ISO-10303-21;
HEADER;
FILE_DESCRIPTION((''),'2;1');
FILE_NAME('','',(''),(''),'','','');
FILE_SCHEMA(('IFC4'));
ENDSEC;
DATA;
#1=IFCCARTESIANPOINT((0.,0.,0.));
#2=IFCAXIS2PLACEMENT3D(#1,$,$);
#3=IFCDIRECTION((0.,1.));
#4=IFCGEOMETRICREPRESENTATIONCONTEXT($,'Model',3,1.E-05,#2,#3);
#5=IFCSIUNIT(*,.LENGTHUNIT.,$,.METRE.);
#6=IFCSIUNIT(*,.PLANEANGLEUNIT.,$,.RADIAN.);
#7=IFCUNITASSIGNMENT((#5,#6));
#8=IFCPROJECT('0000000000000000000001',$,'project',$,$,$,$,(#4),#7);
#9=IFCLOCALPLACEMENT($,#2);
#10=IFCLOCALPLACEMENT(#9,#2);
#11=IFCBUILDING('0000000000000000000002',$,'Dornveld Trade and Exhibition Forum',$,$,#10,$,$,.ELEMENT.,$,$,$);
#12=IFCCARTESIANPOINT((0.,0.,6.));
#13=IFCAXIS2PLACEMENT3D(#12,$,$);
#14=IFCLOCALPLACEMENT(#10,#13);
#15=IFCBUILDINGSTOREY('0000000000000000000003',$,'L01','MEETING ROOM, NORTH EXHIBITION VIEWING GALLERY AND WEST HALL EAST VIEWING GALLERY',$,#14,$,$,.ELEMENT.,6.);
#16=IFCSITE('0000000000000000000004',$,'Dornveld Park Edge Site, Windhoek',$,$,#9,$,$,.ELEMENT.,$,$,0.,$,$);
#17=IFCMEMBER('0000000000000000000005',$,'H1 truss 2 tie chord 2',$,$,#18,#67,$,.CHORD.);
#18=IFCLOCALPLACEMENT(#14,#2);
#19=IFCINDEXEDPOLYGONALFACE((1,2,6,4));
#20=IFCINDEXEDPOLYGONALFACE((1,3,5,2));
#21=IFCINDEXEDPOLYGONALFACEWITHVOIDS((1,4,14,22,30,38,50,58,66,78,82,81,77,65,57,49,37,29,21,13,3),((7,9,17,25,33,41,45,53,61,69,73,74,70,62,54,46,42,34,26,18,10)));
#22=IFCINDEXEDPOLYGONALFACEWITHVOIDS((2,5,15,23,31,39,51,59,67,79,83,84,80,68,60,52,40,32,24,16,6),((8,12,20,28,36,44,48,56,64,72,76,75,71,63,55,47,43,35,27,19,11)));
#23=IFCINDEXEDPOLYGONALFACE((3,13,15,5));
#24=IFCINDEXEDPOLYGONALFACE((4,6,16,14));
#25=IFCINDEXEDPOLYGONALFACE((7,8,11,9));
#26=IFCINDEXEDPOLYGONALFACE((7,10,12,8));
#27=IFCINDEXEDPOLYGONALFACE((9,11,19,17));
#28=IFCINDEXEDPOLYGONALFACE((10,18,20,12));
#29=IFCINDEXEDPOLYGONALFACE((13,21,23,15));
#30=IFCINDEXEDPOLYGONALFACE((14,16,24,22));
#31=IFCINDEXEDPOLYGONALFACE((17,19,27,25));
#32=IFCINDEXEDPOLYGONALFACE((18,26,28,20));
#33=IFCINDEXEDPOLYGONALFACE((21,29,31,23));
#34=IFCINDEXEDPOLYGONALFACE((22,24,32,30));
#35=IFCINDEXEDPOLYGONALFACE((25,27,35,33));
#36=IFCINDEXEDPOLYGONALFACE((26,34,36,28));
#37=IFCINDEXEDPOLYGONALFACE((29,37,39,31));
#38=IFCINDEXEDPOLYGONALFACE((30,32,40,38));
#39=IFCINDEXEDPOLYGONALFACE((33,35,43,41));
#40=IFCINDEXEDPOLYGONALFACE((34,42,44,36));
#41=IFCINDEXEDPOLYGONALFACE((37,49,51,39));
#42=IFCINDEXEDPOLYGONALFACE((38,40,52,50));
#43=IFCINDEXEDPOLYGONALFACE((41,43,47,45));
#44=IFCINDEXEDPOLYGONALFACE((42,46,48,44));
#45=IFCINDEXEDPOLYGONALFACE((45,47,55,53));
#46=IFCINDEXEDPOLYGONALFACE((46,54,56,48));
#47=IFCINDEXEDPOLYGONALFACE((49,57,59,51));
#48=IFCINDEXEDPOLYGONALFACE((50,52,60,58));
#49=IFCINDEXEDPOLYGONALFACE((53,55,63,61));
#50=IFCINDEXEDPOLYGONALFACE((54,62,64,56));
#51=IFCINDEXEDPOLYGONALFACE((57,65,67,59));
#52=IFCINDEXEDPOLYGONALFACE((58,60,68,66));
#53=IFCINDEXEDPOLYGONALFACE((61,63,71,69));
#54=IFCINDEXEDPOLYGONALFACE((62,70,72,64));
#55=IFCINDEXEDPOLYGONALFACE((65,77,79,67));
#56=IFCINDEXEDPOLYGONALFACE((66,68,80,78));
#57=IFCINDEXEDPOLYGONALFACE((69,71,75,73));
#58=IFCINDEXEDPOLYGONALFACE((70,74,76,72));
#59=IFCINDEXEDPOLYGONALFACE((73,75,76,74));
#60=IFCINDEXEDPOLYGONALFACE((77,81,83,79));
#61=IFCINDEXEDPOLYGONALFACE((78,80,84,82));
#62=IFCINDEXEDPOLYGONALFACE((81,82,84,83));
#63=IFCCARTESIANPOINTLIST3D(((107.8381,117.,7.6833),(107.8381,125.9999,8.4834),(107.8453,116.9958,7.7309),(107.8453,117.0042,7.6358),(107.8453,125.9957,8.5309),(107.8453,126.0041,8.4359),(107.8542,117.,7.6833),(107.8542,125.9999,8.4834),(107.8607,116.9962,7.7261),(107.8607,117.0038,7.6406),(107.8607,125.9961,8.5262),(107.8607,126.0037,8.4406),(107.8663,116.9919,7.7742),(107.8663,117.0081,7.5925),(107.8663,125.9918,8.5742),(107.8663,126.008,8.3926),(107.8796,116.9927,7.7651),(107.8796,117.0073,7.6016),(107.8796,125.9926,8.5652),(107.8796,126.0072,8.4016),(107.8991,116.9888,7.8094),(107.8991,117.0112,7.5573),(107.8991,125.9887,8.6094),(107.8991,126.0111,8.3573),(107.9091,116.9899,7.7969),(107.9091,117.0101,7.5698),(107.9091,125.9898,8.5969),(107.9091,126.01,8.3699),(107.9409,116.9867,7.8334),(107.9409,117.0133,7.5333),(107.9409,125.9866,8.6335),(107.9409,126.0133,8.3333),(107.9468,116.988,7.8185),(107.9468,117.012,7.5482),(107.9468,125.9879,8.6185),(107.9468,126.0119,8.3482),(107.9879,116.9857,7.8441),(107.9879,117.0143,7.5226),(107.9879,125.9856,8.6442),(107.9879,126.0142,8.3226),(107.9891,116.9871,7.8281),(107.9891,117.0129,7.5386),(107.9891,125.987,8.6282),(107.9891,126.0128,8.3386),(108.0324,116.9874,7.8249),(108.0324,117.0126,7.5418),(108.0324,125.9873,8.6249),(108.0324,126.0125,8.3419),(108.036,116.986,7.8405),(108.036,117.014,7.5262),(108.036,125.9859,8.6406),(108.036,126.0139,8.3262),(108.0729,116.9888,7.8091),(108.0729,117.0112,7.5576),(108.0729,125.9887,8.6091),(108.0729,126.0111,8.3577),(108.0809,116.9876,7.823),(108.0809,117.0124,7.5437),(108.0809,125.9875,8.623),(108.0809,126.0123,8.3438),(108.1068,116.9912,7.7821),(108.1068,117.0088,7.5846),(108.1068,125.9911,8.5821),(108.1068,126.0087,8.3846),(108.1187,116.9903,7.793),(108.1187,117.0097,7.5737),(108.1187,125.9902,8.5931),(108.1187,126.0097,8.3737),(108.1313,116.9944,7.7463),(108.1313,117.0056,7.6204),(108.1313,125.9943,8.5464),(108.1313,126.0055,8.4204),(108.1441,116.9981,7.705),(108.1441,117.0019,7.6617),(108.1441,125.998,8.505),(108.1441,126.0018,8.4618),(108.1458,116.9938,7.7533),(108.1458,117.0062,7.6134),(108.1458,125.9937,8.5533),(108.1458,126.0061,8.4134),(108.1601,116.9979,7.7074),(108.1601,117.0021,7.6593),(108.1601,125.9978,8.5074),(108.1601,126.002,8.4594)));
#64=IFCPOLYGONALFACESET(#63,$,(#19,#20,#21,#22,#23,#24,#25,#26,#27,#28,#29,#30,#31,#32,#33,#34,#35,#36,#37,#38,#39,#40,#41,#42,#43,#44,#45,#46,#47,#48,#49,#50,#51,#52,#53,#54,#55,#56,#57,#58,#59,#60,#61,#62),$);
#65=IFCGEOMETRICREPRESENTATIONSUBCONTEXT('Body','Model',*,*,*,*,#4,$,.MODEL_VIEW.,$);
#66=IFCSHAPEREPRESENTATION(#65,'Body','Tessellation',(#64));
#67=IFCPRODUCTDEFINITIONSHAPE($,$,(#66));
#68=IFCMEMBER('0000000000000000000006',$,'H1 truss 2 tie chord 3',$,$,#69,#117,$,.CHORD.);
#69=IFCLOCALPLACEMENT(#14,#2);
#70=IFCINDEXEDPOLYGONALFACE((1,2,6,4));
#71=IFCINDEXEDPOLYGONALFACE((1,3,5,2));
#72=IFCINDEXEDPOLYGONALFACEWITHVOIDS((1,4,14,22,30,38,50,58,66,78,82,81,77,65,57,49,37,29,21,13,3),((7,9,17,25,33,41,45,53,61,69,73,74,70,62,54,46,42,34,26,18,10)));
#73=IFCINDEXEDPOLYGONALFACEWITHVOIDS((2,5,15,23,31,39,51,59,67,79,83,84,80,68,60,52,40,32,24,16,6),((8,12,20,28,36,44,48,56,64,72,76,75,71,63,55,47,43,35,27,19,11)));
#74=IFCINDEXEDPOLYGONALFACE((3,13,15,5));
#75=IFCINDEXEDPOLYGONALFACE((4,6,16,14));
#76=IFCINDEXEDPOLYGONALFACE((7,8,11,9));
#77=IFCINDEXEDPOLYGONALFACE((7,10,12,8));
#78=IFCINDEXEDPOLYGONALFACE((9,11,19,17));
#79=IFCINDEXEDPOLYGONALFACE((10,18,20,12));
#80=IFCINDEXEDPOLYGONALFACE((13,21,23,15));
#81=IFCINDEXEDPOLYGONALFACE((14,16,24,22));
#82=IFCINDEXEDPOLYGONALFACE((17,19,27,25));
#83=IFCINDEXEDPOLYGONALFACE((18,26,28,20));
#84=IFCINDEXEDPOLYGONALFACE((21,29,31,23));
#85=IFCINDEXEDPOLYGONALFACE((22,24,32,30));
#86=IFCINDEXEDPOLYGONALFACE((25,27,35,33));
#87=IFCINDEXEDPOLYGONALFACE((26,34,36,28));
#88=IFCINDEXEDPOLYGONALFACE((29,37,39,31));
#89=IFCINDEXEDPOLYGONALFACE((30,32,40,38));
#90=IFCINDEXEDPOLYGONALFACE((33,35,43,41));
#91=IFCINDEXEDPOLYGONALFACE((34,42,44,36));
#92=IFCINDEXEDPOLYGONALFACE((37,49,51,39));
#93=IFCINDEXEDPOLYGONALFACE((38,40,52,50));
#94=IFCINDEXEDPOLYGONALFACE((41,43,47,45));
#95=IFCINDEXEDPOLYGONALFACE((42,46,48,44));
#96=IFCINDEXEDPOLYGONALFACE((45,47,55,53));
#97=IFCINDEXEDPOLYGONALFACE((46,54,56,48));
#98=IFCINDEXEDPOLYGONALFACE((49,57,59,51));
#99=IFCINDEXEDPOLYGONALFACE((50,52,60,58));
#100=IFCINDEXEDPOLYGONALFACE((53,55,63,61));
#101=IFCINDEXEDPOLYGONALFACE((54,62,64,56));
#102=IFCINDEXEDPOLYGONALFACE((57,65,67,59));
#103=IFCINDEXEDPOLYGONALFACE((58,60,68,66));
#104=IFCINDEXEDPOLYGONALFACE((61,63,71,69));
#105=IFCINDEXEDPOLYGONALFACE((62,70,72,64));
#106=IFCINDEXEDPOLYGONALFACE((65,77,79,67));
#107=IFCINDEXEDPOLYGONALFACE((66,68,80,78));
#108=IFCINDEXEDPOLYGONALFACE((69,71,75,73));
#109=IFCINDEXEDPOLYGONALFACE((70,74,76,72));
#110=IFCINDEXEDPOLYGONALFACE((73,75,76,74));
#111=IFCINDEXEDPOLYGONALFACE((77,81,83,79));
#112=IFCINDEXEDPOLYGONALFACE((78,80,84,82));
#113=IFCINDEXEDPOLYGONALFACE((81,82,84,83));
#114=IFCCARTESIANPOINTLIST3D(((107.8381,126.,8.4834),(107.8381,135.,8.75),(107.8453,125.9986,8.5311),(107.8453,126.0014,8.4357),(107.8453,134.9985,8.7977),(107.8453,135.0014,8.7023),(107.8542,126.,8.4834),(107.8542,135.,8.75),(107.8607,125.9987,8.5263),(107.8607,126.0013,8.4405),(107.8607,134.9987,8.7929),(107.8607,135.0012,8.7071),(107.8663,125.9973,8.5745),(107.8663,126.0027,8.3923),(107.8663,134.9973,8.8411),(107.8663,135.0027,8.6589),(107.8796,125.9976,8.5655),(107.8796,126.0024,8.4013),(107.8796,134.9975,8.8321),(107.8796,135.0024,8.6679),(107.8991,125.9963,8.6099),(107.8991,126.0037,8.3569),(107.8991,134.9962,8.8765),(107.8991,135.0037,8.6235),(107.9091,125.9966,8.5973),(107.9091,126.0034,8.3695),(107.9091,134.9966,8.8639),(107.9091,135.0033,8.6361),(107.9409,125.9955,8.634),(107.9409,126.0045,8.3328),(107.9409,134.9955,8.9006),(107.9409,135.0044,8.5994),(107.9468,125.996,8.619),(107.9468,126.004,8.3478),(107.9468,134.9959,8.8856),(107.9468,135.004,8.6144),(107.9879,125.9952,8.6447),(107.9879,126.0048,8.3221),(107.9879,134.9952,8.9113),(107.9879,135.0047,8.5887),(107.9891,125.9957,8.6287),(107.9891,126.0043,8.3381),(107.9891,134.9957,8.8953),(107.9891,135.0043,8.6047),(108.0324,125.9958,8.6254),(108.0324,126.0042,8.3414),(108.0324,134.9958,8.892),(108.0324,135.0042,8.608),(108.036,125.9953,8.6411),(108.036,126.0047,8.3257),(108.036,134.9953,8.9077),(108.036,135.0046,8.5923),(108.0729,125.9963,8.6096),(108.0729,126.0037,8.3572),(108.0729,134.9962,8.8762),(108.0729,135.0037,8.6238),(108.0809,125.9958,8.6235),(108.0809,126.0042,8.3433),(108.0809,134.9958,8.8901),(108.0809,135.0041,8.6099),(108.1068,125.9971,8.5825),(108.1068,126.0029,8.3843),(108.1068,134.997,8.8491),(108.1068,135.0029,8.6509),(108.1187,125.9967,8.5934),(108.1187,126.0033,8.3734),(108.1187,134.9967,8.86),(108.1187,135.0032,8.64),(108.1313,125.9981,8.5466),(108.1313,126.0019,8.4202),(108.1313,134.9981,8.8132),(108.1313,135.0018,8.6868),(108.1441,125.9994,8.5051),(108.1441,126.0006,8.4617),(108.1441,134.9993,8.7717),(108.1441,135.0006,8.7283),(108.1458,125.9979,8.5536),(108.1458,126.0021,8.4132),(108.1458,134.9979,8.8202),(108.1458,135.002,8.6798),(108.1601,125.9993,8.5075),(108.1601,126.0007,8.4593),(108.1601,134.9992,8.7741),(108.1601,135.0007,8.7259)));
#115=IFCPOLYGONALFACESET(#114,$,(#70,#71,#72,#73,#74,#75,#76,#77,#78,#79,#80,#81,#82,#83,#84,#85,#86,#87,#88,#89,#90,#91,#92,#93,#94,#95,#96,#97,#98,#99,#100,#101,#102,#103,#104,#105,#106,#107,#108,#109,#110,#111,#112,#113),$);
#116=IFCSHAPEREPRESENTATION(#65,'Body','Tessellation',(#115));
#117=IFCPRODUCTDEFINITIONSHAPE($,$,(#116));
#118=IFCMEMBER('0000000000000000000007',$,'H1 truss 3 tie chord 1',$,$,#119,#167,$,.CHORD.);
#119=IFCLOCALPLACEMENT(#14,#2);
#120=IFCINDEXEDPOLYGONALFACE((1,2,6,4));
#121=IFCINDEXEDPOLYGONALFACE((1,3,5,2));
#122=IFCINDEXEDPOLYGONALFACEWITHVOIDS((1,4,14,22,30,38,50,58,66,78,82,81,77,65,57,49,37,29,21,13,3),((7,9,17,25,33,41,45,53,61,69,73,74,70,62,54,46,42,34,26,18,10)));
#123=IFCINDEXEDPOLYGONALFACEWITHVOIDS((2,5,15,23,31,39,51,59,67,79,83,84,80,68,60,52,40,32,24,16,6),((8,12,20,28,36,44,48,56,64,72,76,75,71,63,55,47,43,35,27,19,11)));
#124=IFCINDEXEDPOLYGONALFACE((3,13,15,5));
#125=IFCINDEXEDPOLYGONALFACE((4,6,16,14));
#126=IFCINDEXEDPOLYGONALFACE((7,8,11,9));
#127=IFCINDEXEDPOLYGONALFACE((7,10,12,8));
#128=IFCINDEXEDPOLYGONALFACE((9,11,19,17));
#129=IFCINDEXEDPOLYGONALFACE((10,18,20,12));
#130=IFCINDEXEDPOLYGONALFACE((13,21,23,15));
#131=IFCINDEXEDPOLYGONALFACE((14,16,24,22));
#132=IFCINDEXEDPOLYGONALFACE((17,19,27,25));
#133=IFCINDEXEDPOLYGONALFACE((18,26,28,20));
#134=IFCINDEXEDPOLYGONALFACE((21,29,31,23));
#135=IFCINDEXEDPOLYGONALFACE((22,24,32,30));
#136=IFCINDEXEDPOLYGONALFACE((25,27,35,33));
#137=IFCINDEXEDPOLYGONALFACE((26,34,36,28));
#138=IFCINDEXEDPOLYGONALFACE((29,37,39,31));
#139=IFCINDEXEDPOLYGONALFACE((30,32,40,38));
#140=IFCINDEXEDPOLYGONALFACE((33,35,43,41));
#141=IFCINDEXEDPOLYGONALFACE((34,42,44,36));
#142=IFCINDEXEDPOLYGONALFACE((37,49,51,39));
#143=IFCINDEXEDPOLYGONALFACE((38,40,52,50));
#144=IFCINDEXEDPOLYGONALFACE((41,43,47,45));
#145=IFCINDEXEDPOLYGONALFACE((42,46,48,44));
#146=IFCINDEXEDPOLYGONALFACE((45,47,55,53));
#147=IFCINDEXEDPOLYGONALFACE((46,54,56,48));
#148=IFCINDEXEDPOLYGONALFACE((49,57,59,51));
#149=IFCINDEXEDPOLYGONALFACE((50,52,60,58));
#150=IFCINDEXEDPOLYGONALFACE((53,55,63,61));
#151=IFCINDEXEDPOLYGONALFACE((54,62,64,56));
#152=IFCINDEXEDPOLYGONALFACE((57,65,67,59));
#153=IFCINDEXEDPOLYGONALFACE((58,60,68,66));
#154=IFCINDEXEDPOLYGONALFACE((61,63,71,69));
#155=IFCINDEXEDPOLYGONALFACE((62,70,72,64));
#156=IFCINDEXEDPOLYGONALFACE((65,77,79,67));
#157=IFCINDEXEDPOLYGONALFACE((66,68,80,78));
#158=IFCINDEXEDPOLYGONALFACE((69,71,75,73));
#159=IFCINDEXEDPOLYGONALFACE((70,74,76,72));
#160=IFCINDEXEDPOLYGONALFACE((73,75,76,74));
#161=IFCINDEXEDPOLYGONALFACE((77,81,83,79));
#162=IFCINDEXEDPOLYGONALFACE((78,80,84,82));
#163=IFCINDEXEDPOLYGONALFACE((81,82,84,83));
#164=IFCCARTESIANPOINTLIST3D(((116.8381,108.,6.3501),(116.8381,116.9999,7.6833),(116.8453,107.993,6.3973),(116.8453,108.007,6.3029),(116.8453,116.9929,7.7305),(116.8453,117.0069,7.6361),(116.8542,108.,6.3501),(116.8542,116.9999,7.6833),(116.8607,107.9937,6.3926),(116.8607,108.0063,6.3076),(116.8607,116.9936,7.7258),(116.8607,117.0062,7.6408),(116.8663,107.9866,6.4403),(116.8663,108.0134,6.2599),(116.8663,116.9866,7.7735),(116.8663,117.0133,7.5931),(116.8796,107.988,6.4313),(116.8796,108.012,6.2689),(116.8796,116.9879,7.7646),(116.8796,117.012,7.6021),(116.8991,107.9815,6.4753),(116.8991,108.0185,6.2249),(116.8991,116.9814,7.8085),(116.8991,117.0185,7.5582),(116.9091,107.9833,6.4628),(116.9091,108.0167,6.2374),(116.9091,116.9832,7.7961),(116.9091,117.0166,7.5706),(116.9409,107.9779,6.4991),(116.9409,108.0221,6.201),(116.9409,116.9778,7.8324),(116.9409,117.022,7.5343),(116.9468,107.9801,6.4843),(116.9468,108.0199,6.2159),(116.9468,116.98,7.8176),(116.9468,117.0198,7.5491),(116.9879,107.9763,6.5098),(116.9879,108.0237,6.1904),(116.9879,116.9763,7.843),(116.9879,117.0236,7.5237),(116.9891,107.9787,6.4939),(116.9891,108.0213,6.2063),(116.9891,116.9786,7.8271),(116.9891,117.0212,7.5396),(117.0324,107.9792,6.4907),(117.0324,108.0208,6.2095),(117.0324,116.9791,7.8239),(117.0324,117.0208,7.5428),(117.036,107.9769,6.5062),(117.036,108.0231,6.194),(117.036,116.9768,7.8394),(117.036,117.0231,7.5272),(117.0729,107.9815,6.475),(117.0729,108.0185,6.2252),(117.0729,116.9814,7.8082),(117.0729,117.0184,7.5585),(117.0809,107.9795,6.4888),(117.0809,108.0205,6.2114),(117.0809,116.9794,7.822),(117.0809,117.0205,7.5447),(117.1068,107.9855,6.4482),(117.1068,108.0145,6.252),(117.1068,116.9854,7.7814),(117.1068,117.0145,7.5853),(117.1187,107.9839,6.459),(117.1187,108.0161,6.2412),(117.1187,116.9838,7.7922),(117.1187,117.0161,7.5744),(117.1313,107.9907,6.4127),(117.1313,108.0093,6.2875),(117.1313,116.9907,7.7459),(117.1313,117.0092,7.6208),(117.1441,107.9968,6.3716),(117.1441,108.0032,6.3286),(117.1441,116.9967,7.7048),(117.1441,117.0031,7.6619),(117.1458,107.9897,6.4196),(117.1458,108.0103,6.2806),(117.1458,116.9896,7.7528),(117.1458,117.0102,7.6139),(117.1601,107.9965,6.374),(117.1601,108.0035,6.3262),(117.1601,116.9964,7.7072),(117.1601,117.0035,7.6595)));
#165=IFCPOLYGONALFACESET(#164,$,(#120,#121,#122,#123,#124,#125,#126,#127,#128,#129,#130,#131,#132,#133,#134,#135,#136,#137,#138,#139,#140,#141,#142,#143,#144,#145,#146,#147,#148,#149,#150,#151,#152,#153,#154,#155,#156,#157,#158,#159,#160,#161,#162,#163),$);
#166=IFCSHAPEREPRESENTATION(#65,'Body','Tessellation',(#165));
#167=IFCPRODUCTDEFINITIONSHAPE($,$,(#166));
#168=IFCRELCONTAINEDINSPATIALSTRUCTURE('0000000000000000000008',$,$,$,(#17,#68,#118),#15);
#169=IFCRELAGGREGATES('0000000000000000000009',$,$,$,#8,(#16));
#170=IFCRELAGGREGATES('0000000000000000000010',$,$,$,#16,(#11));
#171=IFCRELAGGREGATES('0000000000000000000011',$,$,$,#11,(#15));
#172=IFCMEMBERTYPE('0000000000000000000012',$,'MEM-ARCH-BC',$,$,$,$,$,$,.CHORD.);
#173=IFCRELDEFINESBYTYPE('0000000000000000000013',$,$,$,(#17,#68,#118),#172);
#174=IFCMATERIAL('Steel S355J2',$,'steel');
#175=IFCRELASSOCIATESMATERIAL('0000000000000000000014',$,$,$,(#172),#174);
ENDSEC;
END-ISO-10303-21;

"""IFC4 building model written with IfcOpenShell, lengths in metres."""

from ifc_helpers import new_model, si_unit, direction, frame, origin, origin_2d, place, context, subcontext, project, spatial, hollow_circle, extrude, material, material_profile, profile_set, type_object, element, save


model = new_model("IFC4")

# Units and contexts
model_context = context("Model", 3, precision=1e-05, world=origin(), true_north=direction((0.0, 1.0)))
body_context = subcontext(model_context, "Body", "Model", "MODEL_VIEW")
ifc_project = project(units=[si_unit("LENGTHUNIT", "METRE"), si_unit("PLANEANGLEUNIT", "RADIAN")], contexts=[model_context])

# Site, building, storey
site_placement = place(None, origin())
site = spatial("IfcSite", under=ifc_project, at=site_placement, Name="Dornveld Park Edge Site, Windhoek", CompositionType="ELEMENT", RefElevation=0.0)
building_placement = place(site_placement, origin())
building = spatial("IfcBuilding", under=site, at=building_placement, Name="Dornveld Trade and Exhibition Forum", CompositionType="ELEMENT")
storey_placement = place(building_placement, frame((0.0, 0.0, 6.0)))
storey = spatial("IfcBuildingStorey", under=building, at=storey_placement, Name="L01", Description="MEETING ROOM, NORTH EXHIBITION VIEWING GALLERY AND WEST HALL EAST VIEWING GALLERY", CompositionType="ELEMENT", Elevation=6.0)

# Members
ifc_material_1 = material(Name="Steel S355J2", Category="steel")
ifc_material_profile_1 = material_profile(ifc_material_1, hollow_circle(Radius=0.1619, WallThickness=0.0161, at=origin_2d()), Name="CHS 323.9x16")
ifc_profile_set_1 = profile_set([ifc_material_profile_1], Name="Steel S355J2")
member_type_1 = type_object("IfcMemberType", Name="MEM-ARCH-BC", PredefinedType="CHORD", material=ifc_profile_set_1)
member_1_placement = place(storey_placement, frame((108.0, 117.0, 7.6833), z_axis=(0.0, 0.996072, 0.088545), x_axis=(-1.0, 0.0, 0.0)))
element("IfcMember", 1, at=member_1_placement, inside=storey, type_object=member_type_1, Name="H1 truss 2 tie chord 2", PredefinedType="CHORD", context=body_context, shape_type="SweptSolid", body=[
    extrude(hollow_circle(Radius=0.1619, WallThickness=0.0161, at=origin_2d()), origin(), (0.0, 0.0, 1.0), 9.0354),
])
member_2_placement = place(storey_placement, frame((108.0, 126.0, 8.4834), z_axis=(0.0, 0.999562, 0.029609), x_axis=(-1.0, 0.0, 0.0)))
element("IfcMember", 2, at=member_2_placement, inside=storey, type_object=member_type_1, Name="H1 truss 2 tie chord 3", PredefinedType="CHORD", context=body_context, shape_type="SweptSolid", body=[
    extrude(hollow_circle(Radius=0.1619, WallThickness=0.0161, at=origin_2d()), origin(), (0.0, 0.0, 1.0), 9.0039),
])
member_3_placement = place(storey_placement, frame((117.0, 108.0, 6.3501), z_axis=(0.0, 0.989205, 0.14654), x_axis=(-1.0, 0.0, 0.0)))
element("IfcMember", 3, at=member_3_placement, inside=storey, type_object=member_type_1, Name="H1 truss 3 tie chord 1", PredefinedType="CHORD", context=body_context, shape_type="SweptSolid", body=[
    extrude(hollow_circle(Radius=0.1619, WallThickness=0.0161, at=origin_2d()), origin(), (0.0, 0.0, 1.0), 9.0981),
])

save(model, "model.ifc")
